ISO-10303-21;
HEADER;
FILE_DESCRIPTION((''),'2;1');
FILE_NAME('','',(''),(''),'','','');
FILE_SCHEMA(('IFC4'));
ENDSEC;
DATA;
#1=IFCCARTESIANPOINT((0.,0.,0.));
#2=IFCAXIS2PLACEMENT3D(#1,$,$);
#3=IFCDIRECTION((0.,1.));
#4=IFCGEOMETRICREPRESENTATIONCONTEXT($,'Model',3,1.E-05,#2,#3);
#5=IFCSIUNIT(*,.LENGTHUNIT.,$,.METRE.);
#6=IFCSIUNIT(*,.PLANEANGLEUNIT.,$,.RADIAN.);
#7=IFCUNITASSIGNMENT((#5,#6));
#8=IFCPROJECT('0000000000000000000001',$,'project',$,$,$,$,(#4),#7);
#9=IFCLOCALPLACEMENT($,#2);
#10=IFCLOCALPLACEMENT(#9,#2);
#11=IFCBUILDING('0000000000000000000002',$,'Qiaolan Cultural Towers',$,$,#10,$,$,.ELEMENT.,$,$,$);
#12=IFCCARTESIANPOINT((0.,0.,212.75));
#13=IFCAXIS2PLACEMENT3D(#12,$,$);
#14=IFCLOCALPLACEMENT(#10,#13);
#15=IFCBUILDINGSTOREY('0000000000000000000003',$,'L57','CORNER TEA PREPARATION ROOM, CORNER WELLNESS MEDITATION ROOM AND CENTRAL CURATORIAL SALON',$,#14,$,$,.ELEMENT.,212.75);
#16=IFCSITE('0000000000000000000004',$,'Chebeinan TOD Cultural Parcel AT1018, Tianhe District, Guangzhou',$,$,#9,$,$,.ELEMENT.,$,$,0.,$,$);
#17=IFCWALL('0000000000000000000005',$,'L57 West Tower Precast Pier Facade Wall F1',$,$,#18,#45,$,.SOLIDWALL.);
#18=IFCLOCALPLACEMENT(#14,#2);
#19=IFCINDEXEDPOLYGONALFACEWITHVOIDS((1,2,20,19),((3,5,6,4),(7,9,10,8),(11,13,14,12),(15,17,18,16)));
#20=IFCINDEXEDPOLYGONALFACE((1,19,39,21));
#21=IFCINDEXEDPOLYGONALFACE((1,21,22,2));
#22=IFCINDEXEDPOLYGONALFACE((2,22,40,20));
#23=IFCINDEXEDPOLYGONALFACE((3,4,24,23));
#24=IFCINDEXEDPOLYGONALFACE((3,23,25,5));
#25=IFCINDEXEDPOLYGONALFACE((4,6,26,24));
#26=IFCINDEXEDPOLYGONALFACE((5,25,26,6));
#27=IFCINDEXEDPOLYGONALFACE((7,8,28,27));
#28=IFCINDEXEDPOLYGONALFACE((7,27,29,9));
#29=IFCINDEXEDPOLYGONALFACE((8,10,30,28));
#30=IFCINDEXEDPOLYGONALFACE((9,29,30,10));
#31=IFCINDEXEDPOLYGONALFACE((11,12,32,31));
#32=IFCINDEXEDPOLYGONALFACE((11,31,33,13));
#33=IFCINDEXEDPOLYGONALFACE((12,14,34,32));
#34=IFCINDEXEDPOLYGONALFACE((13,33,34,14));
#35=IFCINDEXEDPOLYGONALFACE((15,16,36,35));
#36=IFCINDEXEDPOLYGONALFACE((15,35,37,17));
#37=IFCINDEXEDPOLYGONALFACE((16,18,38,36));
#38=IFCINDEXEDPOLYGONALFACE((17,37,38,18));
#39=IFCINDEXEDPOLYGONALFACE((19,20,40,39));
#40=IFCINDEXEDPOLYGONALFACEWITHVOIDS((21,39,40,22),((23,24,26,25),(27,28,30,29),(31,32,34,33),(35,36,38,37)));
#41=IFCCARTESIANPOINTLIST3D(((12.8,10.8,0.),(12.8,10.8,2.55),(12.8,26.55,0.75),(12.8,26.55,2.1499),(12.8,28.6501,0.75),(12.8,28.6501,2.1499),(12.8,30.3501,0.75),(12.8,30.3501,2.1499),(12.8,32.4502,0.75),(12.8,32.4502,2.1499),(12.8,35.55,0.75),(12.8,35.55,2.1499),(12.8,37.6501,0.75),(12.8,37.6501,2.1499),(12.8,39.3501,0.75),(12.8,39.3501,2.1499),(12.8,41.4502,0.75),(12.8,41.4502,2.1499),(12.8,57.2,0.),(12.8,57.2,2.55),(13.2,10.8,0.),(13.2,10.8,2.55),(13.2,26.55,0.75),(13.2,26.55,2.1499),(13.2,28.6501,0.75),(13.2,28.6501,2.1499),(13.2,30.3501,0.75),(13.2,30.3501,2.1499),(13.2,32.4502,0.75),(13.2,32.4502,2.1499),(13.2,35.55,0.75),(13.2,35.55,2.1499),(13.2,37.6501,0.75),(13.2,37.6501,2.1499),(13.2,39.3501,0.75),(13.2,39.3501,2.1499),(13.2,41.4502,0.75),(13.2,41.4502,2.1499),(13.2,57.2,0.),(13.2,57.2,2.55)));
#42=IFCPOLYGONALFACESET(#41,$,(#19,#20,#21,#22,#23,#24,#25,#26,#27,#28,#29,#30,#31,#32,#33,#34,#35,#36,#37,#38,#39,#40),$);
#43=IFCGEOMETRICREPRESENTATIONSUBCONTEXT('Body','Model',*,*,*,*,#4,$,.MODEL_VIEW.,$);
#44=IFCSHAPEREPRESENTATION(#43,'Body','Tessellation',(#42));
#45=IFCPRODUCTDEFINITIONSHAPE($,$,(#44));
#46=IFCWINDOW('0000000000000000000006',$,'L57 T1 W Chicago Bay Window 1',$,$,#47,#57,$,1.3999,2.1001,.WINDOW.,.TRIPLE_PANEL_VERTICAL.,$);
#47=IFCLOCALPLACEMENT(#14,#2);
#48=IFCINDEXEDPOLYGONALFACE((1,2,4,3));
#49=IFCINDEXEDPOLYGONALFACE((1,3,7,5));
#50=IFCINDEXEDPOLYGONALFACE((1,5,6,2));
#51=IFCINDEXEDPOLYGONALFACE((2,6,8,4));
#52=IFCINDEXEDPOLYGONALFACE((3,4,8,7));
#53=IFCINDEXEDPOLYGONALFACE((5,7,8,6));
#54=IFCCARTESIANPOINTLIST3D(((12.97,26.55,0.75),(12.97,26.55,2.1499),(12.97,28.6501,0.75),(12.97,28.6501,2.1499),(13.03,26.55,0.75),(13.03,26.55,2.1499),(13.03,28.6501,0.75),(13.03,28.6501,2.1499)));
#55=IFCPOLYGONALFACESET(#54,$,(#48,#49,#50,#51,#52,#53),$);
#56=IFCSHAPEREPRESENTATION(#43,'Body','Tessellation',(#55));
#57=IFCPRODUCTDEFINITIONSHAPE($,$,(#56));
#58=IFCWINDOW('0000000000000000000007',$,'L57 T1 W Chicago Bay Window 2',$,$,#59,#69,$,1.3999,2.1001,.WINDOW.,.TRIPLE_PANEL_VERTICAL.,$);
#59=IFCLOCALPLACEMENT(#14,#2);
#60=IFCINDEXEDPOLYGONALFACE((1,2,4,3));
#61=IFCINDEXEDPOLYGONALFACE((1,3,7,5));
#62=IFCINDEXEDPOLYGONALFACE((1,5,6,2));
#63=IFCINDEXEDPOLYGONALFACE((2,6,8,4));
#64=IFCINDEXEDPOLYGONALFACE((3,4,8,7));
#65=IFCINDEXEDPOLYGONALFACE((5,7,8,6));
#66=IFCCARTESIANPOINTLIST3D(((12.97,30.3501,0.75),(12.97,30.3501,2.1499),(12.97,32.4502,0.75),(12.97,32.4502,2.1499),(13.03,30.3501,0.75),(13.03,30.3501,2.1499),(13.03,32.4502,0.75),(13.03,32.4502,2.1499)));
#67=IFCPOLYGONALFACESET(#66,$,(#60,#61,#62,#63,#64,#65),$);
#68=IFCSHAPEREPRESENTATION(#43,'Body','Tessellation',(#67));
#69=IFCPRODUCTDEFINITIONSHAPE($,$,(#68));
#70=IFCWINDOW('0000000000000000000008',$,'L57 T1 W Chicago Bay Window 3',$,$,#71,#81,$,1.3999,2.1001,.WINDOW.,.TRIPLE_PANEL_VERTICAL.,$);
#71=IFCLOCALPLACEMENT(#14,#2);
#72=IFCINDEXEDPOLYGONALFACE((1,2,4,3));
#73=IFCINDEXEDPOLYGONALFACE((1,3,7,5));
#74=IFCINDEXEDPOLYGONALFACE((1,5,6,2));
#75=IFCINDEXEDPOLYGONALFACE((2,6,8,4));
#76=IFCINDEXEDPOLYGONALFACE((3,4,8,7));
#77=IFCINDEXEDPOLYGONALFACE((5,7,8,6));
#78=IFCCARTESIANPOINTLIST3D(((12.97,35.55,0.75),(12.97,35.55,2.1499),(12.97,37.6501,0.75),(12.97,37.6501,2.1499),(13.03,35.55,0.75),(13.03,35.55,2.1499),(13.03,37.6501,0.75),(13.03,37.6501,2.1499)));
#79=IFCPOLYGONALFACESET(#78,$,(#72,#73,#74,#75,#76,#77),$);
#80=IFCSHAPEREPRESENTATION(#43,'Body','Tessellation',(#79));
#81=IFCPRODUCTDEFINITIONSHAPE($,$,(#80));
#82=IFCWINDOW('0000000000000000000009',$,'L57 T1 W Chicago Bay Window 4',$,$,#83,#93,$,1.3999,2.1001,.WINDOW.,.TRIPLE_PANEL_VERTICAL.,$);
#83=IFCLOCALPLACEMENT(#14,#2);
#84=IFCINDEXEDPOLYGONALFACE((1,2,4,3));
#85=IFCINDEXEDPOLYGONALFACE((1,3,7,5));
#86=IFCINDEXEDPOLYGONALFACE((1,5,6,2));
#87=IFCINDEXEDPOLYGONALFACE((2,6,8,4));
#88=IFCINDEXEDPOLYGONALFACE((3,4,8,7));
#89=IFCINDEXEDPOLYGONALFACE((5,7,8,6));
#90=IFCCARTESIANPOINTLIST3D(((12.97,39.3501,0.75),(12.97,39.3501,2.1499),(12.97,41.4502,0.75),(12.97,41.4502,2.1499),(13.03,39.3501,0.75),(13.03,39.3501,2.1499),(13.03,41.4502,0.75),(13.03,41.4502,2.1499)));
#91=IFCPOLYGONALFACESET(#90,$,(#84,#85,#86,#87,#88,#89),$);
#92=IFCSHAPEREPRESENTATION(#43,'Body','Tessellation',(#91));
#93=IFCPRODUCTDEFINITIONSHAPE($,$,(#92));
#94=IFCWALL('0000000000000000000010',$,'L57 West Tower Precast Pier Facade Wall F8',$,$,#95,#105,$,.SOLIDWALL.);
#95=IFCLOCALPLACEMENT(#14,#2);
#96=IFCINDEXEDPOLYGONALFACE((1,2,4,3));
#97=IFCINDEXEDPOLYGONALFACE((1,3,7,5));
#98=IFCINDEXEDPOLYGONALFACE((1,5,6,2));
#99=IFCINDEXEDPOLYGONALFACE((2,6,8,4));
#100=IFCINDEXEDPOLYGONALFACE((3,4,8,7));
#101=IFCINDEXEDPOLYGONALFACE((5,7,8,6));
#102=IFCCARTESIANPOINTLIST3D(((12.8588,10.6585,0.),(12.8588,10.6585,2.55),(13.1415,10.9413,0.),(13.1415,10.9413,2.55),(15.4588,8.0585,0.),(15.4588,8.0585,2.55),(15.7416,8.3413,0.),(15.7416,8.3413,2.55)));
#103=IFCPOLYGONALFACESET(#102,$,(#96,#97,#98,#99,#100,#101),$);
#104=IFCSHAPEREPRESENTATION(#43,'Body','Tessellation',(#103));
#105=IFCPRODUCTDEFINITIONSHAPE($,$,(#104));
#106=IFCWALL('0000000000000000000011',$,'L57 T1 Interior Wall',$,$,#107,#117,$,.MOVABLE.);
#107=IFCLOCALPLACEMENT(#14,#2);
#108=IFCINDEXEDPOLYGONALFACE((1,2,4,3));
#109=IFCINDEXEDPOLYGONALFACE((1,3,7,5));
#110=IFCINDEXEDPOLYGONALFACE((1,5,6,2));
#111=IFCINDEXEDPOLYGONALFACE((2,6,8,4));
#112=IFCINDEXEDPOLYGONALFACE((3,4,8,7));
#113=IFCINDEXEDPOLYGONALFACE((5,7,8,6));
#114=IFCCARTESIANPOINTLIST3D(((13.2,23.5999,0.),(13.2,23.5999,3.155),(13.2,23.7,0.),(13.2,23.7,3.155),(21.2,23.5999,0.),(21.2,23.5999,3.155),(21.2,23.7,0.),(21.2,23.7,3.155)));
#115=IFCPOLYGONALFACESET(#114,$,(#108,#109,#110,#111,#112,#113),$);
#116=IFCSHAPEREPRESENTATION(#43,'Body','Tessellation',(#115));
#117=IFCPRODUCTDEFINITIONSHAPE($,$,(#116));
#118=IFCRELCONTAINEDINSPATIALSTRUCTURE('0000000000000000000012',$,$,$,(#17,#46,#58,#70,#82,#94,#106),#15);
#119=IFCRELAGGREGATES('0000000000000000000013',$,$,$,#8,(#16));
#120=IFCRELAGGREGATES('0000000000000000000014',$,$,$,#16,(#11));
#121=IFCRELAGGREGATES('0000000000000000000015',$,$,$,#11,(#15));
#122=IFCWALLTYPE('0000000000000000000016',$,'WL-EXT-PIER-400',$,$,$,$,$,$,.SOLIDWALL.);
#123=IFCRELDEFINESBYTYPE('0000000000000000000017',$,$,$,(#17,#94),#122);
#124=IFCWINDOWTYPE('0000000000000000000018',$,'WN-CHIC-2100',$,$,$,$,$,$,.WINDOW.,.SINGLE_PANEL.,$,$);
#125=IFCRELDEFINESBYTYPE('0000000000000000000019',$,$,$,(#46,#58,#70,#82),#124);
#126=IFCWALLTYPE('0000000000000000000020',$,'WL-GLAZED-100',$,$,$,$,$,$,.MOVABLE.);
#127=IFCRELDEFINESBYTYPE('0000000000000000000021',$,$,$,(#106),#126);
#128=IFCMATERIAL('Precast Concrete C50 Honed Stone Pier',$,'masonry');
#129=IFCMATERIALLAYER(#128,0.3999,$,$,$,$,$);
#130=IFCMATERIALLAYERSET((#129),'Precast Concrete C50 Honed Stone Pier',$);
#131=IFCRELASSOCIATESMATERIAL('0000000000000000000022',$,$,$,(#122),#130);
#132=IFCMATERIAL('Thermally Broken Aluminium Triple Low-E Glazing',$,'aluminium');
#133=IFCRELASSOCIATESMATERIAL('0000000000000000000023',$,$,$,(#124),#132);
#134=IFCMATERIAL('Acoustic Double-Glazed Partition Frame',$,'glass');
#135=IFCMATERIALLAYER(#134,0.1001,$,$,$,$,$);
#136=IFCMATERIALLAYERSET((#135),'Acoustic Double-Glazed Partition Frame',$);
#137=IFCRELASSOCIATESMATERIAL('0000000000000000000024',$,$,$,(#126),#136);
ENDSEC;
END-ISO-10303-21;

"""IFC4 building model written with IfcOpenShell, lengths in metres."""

from ifc_helpers import new_model, si_unit, direction, frame, frame_2d, origin, place, context, subcontext, project, spatial, rectangle, extrude, material, layer, layer_set, type_object, element, fill, save


model = new_model("IFC4")

# Units and contexts
model_context = context("Model", 3, precision=1e-05, world=origin(), true_north=direction((0.0, 1.0)))
body_context = subcontext(model_context, "Body", "Model", "MODEL_VIEW")
ifc_project = project(units=[si_unit("LENGTHUNIT", "METRE"), si_unit("PLANEANGLEUNIT", "RADIAN")], contexts=[model_context])

# Site, building, storey
site_placement = place(None, origin())
site = spatial("IfcSite", under=ifc_project, at=site_placement, Name="Chebeinan TOD Cultural Parcel AT1018, Tianhe District, Guangzhou", CompositionType="ELEMENT", RefElevation=0.0)
building_placement = place(site_placement, origin())
building = spatial("IfcBuilding", under=site, at=building_placement, Name="Qiaolan Cultural Towers", CompositionType="ELEMENT")
storey_placement = place(building_placement, frame((0.0, 0.0, 212.75)))
storey = spatial("IfcBuildingStorey", under=building, at=storey_placement, Name="L57", Description="CORNER TEA PREPARATION ROOM, CORNER WELLNESS MEDITATION ROOM AND CENTRAL CURATORIAL SALON", CompositionType="ELEMENT", Elevation=212.75)

# Wall, openings, windows
ifc_material_1 = material(Name="Precast Concrete C50 Honed Stone Pier", Category="masonry")
ifc_layer_1 = layer(ifc_material_1, 0.3999)
ifc_layer_set_1 = layer_set([ifc_layer_1], Name="Precast Concrete C50 Honed Stone Pier")
wall_type_1 = type_object("IfcWallType", Name="WL-EXT-PIER-400", PredefinedType="SOLIDWALL", material=ifc_layer_set_1)
wall_1_placement = place(storey_placement, frame((13.0, 10.8, 0.0), z_axis=(0.0, 0.0, 1.0), x_axis=(0.0, 1.0, 0.0)))
wall_1 = element("IfcWall", 1, at=wall_1_placement, inside=storey, type_object=wall_type_1, Name="L57 West Tower Precast Pier Facade Wall F1", PredefinedType="SOLIDWALL", context=body_context, shape_type="SweptSolid", body=[
    extrude(rectangle(XDim=46.3999, YDim=0.3999, at=frame_2d((23.2, 0.0))), origin(), (0.0, 0.0, 1.0), 2.55),
])
opening_1_placement = place(wall_1_placement, frame((15.75, 0.0, 0.75)))
opening_1 = element("IfcOpeningElement", 2, at=opening_1_placement, cuts=wall_1, PredefinedType="OPENING", context=body_context, shape_type="SweptSolid", body=[
    extrude(rectangle(XDim=2.1001, YDim=1.3999, at=frame_2d((1.05, 0.7))), frame((0.0, 0.21, 0.0), z_axis=(0.0, -1.0, 0.0), x_axis=(1.0, 0.0, 0.0)), (0.0, 0.0, 1.0), 0.4199),
])
opening_2_placement = place(wall_1_placement, frame((19.55, 0.0, 0.75)))
opening_2 = element("IfcOpeningElement", 3, at=opening_2_placement, cuts=wall_1, PredefinedType="OPENING", context=body_context, shape_type="SweptSolid", body=[
    extrude(rectangle(XDim=2.1001, YDim=1.3999, at=frame_2d((1.05, 0.7))), frame((0.0, 0.21, 0.0), z_axis=(0.0, -1.0, 0.0), x_axis=(1.0, 0.0, 0.0)), (0.0, 0.0, 1.0), 0.4199),
])
opening_3_placement = place(wall_1_placement, frame((24.75, 0.0, 0.75)))
opening_3 = element("IfcOpeningElement", 4, at=opening_3_placement, cuts=wall_1, PredefinedType="OPENING", context=body_context, shape_type="SweptSolid", body=[
    extrude(rectangle(XDim=2.1001, YDim=1.3999, at=frame_2d((1.05, 0.7))), frame((0.0, 0.21, 0.0), z_axis=(0.0, -1.0, 0.0), x_axis=(1.0, 0.0, 0.0)), (0.0, 0.0, 1.0), 0.4199),
])
opening_4_placement = place(wall_1_placement, frame((28.55, 0.0, 0.75)))
opening_4 = element("IfcOpeningElement", 5, at=opening_4_placement, cuts=wall_1, PredefinedType="OPENING", context=body_context, shape_type="SweptSolid", body=[
    extrude(rectangle(XDim=2.1001, YDim=1.3999, at=frame_2d((1.05, 0.7))), frame((0.0, 0.21, 0.0), z_axis=(0.0, -1.0, 0.0), x_axis=(1.0, 0.0, 0.0)), (0.0, 0.0, 1.0), 0.4199),
])
ifc_material_2 = material(Name="Thermally Broken Aluminium Triple Low-E Glazing", Category="aluminium")
window_type = type_object("IfcWindowType", Name="WN-CHIC-2100", PartitioningType="SINGLE_PANEL", PredefinedType="WINDOW", material=ifc_material_2)
window_1_placement = place(opening_1_placement, origin())
window_1 = element("IfcWindow", 6, at=window_1_placement, inside=storey, type_object=window_type, Name="L57 T1 W Chicago Bay Window 1", OverallHeight=1.3999, OverallWidth=2.1001, PartitioningType="TRIPLE_PANEL_VERTICAL", PredefinedType="WINDOW", context=body_context, shape_type="SweptSolid", body=[
    extrude(rectangle(XDim=2.1001, YDim=1.3999, at=frame_2d((1.05, 0.7))), frame((0.0, 0.03, 0.0), z_axis=(0.0, -1.0, 0.0), x_axis=(1.0, 0.0, 0.0)), (0.0, 0.0, 1.0), 0.0601),
])
fill(opening_1, window_1)
window_2_placement = place(opening_2_placement, origin())
window_2 = element("IfcWindow", 7, at=window_2_placement, inside=storey, type_object=window_type, Name="L57 T1 W Chicago Bay Window 2", OverallHeight=1.3999, OverallWidth=2.1001, PartitioningType="TRIPLE_PANEL_VERTICAL", PredefinedType="WINDOW", context=body_context, shape_type="SweptSolid", body=[
    extrude(rectangle(XDim=2.1001, YDim=1.3999, at=frame_2d((1.05, 0.7))), frame((0.0, 0.03, 0.0), z_axis=(0.0, -1.0, 0.0), x_axis=(1.0, 0.0, 0.0)), (0.0, 0.0, 1.0), 0.0601),
])
fill(opening_2, window_2)
window_3_placement = place(opening_3_placement, origin())
window_3 = element("IfcWindow", 8, at=window_3_placement, inside=storey, type_object=window_type, Name="L57 T1 W Chicago Bay Window 3", OverallHeight=1.3999, OverallWidth=2.1001, PartitioningType="TRIPLE_PANEL_VERTICAL", PredefinedType="WINDOW", context=body_context, shape_type="SweptSolid", body=[
    extrude(rectangle(XDim=2.1001, YDim=1.3999, at=frame_2d((1.05, 0.7))), frame((0.0, 0.03, 0.0), z_axis=(0.0, -1.0, 0.0), x_axis=(1.0, 0.0, 0.0)), (0.0, 0.0, 1.0), 0.0601),
])
fill(opening_3, window_3)
window_4_placement = place(opening_4_placement, origin())
window_4 = element("IfcWindow", 9, at=window_4_placement, inside=storey, type_object=window_type, Name="L57 T1 W Chicago Bay Window 4", OverallHeight=1.3999, OverallWidth=2.1001, PartitioningType="TRIPLE_PANEL_VERTICAL", PredefinedType="WINDOW", context=body_context, shape_type="SweptSolid", body=[
    extrude(rectangle(XDim=2.1001, YDim=1.3999, at=frame_2d((1.05, 0.7))), frame((0.0, 0.03, 0.0), z_axis=(0.0, -1.0, 0.0), x_axis=(1.0, 0.0, 0.0)), (0.0, 0.0, 1.0), 0.0601),
])
fill(opening_4, window_4)

# Walls
wall_2_placement = place(storey_placement, frame((15.6001, 8.2, 0.0), z_axis=(0.0, 0.0, 1.0), x_axis=(-0.707107, 0.707107, 0.0)))
element("IfcWall", 10, at=wall_2_placement, inside=storey, type_object=wall_type_1, Name="L57 West Tower Precast Pier Facade Wall F8", PredefinedType="SOLIDWALL", context=body_context, shape_type="SweptSolid", body=[
    extrude(rectangle(XDim=3.677, YDim=0.3999, at=frame_2d((1.8384, 0.0))), origin(), (0.0, 0.0, 1.0), 2.55),
])
ifc_material_3 = material(Name="Acoustic Double-Glazed Partition Frame", Category="glass")
ifc_layer_2 = layer(ifc_material_3, 0.1001)
ifc_layer_set_2 = layer_set([ifc_layer_2], Name="Acoustic Double-Glazed Partition Frame")
wall_type_2 = type_object("IfcWallType", Name="WL-GLAZED-100", PredefinedType="MOVABLE", material=ifc_layer_set_2)
wall_3_placement = place(storey_placement, frame((13.2, 23.6499, 0.0), z_axis=(0.0, 0.0, 1.0), x_axis=(1.0, 0.0, 0.0)))
element("IfcWall", 11, at=wall_3_placement, inside=storey, type_object=wall_type_2, Name="L57 T1 Interior Wall", PredefinedType="MOVABLE", context=body_context, shape_type="SweptSolid", body=[
    extrude(rectangle(XDim=8.0, YDim=0.1001, at=frame_2d((4.0, 0.0))), origin(), (0.0, 0.0, 1.0), 3.155),
])

save(model, "model.ifc")
